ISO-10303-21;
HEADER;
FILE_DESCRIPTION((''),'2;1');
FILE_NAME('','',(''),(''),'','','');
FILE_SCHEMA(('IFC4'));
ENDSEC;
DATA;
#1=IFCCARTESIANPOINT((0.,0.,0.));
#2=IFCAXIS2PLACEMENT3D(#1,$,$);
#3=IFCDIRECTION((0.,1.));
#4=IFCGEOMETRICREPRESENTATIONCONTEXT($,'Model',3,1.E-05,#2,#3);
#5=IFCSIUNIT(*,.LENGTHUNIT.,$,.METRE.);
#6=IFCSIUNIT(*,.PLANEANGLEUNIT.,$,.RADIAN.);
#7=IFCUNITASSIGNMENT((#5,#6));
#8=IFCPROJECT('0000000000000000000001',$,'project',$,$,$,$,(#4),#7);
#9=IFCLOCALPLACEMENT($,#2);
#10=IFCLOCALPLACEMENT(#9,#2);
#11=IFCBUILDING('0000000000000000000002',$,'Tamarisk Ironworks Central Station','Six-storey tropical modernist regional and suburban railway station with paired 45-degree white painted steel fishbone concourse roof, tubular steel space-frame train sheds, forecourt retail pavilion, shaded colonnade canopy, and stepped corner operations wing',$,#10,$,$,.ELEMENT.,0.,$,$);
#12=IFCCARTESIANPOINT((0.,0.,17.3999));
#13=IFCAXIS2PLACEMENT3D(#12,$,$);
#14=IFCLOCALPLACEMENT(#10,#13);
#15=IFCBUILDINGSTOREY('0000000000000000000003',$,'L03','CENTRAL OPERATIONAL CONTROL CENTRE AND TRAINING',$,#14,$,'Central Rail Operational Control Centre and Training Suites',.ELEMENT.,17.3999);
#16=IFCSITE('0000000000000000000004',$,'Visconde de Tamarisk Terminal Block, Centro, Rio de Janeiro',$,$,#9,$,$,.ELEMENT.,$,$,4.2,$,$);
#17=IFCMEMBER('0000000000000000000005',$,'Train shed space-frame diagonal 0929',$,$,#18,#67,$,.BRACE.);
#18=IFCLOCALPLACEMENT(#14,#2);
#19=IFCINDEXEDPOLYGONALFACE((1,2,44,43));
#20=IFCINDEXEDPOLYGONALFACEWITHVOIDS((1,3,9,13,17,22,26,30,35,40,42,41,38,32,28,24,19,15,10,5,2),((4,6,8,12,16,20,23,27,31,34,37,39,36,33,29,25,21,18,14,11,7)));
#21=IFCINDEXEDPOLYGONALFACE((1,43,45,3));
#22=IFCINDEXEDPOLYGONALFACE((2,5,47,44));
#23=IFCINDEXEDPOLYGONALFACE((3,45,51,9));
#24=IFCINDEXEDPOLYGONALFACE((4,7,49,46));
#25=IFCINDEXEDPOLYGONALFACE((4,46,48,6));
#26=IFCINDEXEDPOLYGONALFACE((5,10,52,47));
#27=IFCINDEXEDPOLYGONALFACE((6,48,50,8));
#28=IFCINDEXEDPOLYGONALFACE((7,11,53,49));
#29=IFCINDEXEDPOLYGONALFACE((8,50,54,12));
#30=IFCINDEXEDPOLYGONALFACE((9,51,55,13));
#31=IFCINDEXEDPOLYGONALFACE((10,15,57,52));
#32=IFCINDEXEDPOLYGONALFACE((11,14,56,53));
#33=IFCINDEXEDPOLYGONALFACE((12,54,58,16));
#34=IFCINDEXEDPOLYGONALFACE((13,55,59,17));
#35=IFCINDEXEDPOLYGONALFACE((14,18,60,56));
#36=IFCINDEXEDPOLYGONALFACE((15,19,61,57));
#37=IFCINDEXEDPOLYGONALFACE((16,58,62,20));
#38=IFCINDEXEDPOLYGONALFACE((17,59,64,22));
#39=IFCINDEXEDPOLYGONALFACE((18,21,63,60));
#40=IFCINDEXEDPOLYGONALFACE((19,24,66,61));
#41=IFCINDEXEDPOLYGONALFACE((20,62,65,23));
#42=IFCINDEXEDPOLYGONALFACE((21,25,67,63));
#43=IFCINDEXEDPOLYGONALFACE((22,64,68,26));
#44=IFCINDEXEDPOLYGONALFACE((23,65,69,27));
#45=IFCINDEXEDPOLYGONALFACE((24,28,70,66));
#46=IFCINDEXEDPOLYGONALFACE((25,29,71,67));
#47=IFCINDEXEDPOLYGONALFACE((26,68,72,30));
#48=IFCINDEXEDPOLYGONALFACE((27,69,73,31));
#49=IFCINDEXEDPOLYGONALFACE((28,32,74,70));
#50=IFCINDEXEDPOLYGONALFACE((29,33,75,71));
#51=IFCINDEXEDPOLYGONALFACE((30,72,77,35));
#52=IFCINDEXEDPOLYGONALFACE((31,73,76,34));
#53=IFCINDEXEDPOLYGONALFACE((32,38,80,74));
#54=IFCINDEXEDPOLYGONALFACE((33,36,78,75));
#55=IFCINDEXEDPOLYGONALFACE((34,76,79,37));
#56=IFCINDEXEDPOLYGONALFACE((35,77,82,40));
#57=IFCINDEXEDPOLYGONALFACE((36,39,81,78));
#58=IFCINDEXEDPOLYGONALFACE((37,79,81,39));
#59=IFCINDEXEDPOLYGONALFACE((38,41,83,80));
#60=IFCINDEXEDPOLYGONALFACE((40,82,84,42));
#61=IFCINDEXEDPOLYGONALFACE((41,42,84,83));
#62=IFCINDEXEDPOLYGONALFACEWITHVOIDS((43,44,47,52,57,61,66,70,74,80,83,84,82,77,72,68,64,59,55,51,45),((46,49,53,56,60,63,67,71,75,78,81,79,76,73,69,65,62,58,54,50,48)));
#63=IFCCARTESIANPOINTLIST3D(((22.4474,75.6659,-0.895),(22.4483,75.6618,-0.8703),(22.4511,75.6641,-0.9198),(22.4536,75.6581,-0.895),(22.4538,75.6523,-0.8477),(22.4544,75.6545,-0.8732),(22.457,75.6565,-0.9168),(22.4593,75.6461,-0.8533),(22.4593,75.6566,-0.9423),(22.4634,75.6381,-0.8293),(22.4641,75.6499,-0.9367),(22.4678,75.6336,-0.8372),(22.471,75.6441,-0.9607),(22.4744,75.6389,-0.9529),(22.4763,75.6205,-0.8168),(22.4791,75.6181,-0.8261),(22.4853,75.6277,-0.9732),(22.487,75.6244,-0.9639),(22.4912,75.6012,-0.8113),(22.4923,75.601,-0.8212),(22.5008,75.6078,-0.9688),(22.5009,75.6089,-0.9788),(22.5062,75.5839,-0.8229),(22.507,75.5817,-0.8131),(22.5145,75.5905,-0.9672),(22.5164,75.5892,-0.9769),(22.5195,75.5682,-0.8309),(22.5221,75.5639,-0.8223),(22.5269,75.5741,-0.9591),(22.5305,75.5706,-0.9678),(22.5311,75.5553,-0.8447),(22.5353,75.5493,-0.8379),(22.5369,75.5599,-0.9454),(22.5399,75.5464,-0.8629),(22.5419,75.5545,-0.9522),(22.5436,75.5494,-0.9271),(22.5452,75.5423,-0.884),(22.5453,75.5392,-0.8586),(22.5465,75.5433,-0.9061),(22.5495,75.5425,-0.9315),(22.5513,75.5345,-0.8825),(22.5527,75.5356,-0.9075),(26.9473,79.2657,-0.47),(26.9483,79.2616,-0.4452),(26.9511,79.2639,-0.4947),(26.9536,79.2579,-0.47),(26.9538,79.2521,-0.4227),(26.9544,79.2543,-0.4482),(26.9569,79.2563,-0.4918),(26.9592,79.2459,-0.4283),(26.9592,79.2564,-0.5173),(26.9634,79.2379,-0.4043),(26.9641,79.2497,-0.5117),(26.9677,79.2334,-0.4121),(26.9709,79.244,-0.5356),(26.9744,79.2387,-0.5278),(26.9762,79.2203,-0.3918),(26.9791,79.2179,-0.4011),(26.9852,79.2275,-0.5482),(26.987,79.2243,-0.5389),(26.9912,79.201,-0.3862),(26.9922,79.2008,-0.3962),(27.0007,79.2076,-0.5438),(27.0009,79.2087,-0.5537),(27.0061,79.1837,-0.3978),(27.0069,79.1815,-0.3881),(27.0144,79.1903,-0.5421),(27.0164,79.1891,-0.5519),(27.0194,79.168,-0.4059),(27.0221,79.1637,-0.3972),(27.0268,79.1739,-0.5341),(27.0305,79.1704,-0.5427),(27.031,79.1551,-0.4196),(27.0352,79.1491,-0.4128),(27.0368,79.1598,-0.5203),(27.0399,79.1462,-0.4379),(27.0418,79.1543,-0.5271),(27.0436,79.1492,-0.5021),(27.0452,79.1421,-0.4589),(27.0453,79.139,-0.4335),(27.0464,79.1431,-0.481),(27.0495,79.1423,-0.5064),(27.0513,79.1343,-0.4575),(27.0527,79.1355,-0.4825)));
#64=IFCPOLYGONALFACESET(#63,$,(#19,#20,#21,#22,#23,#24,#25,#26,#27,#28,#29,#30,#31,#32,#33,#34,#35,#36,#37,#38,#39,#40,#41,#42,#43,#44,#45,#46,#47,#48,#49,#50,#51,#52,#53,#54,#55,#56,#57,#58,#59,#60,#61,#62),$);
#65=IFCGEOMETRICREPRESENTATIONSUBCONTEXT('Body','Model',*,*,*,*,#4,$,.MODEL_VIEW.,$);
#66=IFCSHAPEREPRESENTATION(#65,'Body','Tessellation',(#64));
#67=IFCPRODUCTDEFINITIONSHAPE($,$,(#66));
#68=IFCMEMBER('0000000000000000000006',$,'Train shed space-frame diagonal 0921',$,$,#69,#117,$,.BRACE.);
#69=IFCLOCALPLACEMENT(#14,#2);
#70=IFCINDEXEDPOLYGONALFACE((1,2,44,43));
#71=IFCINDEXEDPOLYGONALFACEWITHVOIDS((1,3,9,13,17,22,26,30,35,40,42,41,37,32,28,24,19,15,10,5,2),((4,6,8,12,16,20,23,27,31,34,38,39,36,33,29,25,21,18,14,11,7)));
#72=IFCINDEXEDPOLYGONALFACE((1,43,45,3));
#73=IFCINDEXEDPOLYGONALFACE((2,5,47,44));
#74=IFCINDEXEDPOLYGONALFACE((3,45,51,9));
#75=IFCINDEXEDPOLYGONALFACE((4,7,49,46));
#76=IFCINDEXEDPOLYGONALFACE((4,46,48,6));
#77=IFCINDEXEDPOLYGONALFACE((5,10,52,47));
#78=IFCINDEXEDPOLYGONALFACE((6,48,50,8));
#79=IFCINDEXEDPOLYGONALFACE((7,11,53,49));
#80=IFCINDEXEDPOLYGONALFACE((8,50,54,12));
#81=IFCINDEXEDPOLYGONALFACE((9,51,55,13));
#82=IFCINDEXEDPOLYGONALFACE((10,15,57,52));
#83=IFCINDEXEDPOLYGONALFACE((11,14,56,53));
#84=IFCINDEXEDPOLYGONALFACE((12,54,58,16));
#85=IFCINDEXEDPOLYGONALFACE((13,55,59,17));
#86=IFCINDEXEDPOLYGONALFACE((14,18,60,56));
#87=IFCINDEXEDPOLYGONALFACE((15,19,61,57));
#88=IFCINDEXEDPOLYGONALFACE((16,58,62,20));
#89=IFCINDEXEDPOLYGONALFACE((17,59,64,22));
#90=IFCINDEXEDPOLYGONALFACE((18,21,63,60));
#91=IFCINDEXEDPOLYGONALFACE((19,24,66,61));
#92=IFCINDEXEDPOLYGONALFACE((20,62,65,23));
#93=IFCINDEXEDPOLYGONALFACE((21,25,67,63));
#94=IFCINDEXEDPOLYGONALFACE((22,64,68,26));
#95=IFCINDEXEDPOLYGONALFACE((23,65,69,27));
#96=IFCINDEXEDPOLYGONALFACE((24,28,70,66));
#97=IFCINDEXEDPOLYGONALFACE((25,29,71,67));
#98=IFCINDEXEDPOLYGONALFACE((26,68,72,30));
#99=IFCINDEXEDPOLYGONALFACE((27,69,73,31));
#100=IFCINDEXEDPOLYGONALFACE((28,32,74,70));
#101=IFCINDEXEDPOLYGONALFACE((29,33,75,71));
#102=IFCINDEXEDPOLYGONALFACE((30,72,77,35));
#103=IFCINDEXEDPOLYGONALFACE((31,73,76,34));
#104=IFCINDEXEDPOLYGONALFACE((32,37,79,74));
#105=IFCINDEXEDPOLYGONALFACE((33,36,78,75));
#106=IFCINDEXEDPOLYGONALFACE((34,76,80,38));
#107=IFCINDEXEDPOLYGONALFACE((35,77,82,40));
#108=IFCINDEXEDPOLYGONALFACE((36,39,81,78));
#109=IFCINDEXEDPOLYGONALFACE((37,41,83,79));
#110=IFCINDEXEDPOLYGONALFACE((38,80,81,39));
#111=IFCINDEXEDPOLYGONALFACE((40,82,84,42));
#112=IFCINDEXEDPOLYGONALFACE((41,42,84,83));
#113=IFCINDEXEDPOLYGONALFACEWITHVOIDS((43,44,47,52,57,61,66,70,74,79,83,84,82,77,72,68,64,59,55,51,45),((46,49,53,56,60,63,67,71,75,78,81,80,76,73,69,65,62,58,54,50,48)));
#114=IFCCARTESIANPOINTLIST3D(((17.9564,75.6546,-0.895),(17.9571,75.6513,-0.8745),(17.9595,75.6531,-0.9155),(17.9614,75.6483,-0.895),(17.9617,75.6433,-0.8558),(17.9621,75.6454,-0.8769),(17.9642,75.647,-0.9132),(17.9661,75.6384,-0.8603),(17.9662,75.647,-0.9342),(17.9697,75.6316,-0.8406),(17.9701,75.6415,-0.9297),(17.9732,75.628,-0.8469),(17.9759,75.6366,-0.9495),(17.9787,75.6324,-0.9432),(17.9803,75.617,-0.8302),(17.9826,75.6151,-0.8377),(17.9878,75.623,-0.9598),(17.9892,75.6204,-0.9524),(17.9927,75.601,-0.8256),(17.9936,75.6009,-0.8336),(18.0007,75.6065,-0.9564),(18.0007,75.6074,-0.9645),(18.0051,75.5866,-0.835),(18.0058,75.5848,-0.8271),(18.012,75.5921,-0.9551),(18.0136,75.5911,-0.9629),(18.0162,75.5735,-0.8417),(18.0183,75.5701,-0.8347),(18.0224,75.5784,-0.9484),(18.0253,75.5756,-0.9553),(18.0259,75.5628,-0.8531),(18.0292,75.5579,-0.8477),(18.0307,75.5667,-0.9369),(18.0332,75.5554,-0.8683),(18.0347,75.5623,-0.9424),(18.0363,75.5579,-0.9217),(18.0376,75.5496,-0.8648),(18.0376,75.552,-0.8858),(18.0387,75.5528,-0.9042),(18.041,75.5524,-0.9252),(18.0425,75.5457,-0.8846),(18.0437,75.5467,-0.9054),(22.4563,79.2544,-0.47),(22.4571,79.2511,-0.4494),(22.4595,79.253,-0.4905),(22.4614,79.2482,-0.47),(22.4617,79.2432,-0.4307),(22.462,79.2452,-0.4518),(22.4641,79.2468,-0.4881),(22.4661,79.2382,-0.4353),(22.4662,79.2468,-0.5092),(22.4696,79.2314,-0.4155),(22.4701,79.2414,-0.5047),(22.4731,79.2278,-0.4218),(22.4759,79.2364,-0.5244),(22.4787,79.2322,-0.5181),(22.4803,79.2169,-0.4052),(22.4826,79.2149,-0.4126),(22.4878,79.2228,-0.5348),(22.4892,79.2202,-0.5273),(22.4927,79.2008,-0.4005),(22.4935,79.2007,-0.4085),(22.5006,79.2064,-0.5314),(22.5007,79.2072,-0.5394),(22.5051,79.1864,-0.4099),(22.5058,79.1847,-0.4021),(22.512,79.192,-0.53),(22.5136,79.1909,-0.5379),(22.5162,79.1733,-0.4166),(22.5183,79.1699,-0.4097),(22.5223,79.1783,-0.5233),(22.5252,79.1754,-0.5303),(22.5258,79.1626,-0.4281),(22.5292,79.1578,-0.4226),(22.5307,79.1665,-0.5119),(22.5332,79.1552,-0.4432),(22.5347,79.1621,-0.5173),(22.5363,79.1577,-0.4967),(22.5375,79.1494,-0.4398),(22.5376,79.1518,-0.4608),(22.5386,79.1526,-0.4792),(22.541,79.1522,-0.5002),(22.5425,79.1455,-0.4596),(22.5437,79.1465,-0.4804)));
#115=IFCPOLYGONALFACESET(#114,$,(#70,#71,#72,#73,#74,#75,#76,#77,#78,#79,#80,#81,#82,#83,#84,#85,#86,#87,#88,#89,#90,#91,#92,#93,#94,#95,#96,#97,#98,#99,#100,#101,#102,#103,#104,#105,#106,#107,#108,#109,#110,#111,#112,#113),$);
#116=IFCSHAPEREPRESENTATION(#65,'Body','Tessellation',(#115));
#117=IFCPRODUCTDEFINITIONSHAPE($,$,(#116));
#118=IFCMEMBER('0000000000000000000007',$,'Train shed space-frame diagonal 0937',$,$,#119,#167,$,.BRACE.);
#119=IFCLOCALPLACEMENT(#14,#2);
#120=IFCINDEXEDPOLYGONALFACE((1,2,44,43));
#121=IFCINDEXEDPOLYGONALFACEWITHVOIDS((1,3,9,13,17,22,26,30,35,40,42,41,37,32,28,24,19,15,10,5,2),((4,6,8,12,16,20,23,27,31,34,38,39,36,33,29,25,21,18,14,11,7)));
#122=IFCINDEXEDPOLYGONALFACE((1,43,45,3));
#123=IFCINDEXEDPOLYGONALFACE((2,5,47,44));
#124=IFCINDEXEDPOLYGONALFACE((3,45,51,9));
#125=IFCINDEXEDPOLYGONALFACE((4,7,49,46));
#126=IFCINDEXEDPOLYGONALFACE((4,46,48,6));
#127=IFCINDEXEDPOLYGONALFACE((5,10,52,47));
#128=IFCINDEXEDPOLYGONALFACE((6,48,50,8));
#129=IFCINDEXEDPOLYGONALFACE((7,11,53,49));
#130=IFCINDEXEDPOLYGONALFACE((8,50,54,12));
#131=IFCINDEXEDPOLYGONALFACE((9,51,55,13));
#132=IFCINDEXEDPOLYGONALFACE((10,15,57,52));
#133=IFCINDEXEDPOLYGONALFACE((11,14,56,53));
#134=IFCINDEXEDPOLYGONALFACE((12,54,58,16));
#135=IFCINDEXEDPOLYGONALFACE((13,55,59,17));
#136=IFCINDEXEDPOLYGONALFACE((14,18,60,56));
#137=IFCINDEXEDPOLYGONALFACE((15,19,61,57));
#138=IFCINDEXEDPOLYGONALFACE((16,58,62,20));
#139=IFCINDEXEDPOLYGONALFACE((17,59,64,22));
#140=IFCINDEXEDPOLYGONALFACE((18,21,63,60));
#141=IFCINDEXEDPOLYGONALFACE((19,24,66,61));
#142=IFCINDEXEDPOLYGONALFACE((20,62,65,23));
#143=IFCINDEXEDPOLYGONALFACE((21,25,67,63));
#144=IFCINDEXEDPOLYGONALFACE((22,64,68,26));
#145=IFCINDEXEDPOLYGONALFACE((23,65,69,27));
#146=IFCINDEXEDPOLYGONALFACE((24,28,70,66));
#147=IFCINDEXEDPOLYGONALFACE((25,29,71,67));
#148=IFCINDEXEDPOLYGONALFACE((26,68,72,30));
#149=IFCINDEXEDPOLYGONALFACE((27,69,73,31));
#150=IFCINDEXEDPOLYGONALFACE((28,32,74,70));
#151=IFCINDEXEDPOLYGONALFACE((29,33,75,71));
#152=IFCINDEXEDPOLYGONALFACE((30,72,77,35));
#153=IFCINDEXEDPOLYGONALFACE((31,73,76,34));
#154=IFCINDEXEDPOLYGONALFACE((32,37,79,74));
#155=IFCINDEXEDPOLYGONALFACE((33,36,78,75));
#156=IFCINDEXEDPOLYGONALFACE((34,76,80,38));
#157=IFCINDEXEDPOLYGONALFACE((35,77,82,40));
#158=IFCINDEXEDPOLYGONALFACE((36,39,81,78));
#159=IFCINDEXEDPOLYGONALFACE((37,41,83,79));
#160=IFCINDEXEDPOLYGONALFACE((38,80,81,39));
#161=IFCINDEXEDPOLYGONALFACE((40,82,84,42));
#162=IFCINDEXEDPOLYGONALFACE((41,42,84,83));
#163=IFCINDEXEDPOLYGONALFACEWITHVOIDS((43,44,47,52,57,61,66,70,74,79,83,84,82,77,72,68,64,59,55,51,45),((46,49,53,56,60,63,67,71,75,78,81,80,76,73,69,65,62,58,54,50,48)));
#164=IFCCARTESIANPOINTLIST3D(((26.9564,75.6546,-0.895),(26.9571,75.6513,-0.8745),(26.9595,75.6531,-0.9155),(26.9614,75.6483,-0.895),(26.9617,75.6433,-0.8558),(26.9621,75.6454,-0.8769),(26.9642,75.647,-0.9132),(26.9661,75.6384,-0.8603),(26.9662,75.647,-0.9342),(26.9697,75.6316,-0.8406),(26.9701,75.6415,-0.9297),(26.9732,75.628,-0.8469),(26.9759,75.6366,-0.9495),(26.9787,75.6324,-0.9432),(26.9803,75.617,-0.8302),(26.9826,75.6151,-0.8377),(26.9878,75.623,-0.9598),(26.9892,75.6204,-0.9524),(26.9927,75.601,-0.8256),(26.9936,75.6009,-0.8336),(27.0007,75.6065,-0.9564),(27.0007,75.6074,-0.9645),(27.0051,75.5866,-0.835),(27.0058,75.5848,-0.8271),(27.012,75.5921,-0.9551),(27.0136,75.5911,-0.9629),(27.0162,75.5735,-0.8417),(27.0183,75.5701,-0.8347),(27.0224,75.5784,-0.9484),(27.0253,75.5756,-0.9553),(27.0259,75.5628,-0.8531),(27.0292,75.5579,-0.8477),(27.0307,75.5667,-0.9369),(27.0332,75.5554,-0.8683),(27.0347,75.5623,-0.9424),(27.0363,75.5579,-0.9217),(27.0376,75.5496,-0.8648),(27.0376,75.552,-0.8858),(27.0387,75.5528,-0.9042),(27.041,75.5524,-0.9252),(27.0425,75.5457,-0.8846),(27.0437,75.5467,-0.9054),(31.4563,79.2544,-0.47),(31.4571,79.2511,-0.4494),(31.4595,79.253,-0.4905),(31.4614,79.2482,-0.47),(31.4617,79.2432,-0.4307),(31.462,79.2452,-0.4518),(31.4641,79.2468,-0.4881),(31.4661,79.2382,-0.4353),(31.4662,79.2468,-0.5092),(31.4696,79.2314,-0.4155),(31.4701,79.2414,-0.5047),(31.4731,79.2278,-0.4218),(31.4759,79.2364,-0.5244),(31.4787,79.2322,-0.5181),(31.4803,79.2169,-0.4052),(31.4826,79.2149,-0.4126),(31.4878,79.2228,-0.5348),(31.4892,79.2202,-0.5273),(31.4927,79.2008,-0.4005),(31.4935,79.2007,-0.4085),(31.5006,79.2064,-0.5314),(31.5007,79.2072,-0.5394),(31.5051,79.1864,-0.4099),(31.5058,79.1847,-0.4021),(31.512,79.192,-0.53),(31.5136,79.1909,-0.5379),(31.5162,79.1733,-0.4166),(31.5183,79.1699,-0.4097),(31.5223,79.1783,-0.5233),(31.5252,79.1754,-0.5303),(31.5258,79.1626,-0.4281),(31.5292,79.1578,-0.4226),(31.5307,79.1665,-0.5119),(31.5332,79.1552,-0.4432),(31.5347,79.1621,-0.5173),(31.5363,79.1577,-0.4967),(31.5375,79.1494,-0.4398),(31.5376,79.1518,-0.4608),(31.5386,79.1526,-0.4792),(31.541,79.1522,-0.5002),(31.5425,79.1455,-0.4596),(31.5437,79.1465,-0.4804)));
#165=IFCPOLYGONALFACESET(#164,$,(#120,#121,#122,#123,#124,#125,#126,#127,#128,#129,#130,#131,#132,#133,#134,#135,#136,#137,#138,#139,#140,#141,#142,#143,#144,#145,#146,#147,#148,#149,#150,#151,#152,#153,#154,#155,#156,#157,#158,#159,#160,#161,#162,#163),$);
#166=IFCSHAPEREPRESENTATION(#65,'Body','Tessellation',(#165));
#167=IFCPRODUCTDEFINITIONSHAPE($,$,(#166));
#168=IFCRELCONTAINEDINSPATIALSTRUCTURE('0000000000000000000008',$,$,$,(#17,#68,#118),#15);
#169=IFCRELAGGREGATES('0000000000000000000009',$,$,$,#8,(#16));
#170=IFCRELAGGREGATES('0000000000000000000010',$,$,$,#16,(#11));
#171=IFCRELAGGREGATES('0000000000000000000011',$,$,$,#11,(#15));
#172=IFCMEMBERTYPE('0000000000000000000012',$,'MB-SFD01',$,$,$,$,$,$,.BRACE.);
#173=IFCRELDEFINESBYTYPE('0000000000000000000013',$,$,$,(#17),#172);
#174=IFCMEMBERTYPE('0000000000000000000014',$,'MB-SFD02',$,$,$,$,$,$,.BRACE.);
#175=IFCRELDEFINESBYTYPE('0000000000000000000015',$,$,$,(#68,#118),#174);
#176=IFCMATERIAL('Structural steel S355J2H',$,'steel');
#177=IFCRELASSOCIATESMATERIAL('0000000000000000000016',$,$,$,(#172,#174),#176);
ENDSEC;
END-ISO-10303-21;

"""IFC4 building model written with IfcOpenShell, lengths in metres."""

from ifc_helpers import new_model, si_unit, direction, frame, origin, origin_2d, place, context, subcontext, project, spatial, hollow_circle, extrude, material, material_profile, profile_set, type_object, element, save


model = new_model("IFC4")

# Units and contexts
model_context = context("Model", 3, precision=1e-05, world=origin(), true_north=direction((0.0, 1.0)))
body_context = subcontext(model_context, "Body", "Model", "MODEL_VIEW")
ifc_project = project(units=[si_unit("LENGTHUNIT", "METRE"), si_unit("PLANEANGLEUNIT", "RADIAN")], contexts=[model_context])

# Site, building, storey
site_placement = place(None, origin())
site = spatial("IfcSite", under=ifc_project, at=site_placement, Name="Visconde de Tamarisk Terminal Block, Centro, Rio de Janeiro", CompositionType="ELEMENT", RefElevation=4.2)
building_placement = place(site_placement, origin())
building = spatial("IfcBuilding", under=site, at=building_placement, Name="Tamarisk Ironworks Central Station", Description="Six-storey tropical modernist regional and suburban railway station with paired 45-degree white painted steel fishbone concourse roof, tubular steel space-frame train sheds, forecourt retail pavilion, shaded colonnade canopy, and stepped corner operations wing", CompositionType="ELEMENT", ElevationOfRefHeight=0.0)
storey_placement = place(building_placement, frame((0.0, 0.0, 17.3999)))
storey = spatial("IfcBuildingStorey", under=building, at=storey_placement, Name="L03", Description="CENTRAL OPERATIONAL CONTROL CENTRE AND TRAINING", LongName="Central Rail Operational Control Centre and Training Suites", CompositionType="ELEMENT", Elevation=17.3999)

# Members
ifc_material_1 = material(Name="Structural steel S355J2H", Category="steel")
ifc_material_profile_1 = material_profile(ifc_material_1, hollow_circle(Radius=0.0842, WallThickness=0.01, at=origin_2d()), Name="CHS 168.3x10")
ifc_profile_set_1 = profile_set([ifc_material_profile_1], Name="Structural steel S355J2H")
member_type_1 = type_object("IfcMemberType", Name="MB-SFD01", PredefinedType="BRACE", material=ifc_profile_set_1)
member_placement = place(storey_placement, frame((22.5, 75.6001, -0.895), z_axis=(0.778766, 0.622987, 0.073559), x_axis=(-0.62468, 0.780881, 0.0)))
element("IfcMember", 1, at=member_placement, inside=storey, type_object=member_type_1, Name="Train shed space-frame diagonal 0929", PredefinedType="BRACE", context=body_context, shape_type="SweptSolid", body=[
    extrude(hollow_circle(Radius=0.0842, WallThickness=0.01, at=origin_2d()), origin(), (0.0, 0.0, 1.0), 5.7783),
])
ifc_material_profile_2 = material_profile(ifc_material_1, hollow_circle(Radius=0.0698, WallThickness=0.0081, at=origin_2d()), Name="CHS 139.7x8")
ifc_profile_set_2 = profile_set([ifc_material_profile_2], Name="Structural steel S355J2H")
member_type_2 = type_object("IfcMemberType", Name="MB-SFD02", PredefinedType="BRACE", material=ifc_profile_set_2)
for number, where, z_axis, x_axis, name in (
    (2, (18.0, 75.6001, -0.895), (0.778766, 0.622987, 0.073559), (-0.62468, 0.780881, 0.0), "Train shed space-frame diagonal 0921"),
    (3, (27.0, 75.6001, -0.895), (0.778766, 0.622987, 0.073559), (-0.62468, 0.780881, 0.0), "Train shed space-frame diagonal 0937"),
):
    element("IfcMember", number, at=place(storey_placement, frame(where, z_axis=z_axis, x_axis=x_axis)), inside=storey, type_object=member_type_2, Name=name, PredefinedType="BRACE", context=body_context, shape_type="SweptSolid", body=[
        extrude(hollow_circle(Radius=0.0698, WallThickness=0.0081, at=origin_2d()), origin(), (0.0, 0.0, 1.0), 5.7783),
    ])

save(model, "model.ifc")
